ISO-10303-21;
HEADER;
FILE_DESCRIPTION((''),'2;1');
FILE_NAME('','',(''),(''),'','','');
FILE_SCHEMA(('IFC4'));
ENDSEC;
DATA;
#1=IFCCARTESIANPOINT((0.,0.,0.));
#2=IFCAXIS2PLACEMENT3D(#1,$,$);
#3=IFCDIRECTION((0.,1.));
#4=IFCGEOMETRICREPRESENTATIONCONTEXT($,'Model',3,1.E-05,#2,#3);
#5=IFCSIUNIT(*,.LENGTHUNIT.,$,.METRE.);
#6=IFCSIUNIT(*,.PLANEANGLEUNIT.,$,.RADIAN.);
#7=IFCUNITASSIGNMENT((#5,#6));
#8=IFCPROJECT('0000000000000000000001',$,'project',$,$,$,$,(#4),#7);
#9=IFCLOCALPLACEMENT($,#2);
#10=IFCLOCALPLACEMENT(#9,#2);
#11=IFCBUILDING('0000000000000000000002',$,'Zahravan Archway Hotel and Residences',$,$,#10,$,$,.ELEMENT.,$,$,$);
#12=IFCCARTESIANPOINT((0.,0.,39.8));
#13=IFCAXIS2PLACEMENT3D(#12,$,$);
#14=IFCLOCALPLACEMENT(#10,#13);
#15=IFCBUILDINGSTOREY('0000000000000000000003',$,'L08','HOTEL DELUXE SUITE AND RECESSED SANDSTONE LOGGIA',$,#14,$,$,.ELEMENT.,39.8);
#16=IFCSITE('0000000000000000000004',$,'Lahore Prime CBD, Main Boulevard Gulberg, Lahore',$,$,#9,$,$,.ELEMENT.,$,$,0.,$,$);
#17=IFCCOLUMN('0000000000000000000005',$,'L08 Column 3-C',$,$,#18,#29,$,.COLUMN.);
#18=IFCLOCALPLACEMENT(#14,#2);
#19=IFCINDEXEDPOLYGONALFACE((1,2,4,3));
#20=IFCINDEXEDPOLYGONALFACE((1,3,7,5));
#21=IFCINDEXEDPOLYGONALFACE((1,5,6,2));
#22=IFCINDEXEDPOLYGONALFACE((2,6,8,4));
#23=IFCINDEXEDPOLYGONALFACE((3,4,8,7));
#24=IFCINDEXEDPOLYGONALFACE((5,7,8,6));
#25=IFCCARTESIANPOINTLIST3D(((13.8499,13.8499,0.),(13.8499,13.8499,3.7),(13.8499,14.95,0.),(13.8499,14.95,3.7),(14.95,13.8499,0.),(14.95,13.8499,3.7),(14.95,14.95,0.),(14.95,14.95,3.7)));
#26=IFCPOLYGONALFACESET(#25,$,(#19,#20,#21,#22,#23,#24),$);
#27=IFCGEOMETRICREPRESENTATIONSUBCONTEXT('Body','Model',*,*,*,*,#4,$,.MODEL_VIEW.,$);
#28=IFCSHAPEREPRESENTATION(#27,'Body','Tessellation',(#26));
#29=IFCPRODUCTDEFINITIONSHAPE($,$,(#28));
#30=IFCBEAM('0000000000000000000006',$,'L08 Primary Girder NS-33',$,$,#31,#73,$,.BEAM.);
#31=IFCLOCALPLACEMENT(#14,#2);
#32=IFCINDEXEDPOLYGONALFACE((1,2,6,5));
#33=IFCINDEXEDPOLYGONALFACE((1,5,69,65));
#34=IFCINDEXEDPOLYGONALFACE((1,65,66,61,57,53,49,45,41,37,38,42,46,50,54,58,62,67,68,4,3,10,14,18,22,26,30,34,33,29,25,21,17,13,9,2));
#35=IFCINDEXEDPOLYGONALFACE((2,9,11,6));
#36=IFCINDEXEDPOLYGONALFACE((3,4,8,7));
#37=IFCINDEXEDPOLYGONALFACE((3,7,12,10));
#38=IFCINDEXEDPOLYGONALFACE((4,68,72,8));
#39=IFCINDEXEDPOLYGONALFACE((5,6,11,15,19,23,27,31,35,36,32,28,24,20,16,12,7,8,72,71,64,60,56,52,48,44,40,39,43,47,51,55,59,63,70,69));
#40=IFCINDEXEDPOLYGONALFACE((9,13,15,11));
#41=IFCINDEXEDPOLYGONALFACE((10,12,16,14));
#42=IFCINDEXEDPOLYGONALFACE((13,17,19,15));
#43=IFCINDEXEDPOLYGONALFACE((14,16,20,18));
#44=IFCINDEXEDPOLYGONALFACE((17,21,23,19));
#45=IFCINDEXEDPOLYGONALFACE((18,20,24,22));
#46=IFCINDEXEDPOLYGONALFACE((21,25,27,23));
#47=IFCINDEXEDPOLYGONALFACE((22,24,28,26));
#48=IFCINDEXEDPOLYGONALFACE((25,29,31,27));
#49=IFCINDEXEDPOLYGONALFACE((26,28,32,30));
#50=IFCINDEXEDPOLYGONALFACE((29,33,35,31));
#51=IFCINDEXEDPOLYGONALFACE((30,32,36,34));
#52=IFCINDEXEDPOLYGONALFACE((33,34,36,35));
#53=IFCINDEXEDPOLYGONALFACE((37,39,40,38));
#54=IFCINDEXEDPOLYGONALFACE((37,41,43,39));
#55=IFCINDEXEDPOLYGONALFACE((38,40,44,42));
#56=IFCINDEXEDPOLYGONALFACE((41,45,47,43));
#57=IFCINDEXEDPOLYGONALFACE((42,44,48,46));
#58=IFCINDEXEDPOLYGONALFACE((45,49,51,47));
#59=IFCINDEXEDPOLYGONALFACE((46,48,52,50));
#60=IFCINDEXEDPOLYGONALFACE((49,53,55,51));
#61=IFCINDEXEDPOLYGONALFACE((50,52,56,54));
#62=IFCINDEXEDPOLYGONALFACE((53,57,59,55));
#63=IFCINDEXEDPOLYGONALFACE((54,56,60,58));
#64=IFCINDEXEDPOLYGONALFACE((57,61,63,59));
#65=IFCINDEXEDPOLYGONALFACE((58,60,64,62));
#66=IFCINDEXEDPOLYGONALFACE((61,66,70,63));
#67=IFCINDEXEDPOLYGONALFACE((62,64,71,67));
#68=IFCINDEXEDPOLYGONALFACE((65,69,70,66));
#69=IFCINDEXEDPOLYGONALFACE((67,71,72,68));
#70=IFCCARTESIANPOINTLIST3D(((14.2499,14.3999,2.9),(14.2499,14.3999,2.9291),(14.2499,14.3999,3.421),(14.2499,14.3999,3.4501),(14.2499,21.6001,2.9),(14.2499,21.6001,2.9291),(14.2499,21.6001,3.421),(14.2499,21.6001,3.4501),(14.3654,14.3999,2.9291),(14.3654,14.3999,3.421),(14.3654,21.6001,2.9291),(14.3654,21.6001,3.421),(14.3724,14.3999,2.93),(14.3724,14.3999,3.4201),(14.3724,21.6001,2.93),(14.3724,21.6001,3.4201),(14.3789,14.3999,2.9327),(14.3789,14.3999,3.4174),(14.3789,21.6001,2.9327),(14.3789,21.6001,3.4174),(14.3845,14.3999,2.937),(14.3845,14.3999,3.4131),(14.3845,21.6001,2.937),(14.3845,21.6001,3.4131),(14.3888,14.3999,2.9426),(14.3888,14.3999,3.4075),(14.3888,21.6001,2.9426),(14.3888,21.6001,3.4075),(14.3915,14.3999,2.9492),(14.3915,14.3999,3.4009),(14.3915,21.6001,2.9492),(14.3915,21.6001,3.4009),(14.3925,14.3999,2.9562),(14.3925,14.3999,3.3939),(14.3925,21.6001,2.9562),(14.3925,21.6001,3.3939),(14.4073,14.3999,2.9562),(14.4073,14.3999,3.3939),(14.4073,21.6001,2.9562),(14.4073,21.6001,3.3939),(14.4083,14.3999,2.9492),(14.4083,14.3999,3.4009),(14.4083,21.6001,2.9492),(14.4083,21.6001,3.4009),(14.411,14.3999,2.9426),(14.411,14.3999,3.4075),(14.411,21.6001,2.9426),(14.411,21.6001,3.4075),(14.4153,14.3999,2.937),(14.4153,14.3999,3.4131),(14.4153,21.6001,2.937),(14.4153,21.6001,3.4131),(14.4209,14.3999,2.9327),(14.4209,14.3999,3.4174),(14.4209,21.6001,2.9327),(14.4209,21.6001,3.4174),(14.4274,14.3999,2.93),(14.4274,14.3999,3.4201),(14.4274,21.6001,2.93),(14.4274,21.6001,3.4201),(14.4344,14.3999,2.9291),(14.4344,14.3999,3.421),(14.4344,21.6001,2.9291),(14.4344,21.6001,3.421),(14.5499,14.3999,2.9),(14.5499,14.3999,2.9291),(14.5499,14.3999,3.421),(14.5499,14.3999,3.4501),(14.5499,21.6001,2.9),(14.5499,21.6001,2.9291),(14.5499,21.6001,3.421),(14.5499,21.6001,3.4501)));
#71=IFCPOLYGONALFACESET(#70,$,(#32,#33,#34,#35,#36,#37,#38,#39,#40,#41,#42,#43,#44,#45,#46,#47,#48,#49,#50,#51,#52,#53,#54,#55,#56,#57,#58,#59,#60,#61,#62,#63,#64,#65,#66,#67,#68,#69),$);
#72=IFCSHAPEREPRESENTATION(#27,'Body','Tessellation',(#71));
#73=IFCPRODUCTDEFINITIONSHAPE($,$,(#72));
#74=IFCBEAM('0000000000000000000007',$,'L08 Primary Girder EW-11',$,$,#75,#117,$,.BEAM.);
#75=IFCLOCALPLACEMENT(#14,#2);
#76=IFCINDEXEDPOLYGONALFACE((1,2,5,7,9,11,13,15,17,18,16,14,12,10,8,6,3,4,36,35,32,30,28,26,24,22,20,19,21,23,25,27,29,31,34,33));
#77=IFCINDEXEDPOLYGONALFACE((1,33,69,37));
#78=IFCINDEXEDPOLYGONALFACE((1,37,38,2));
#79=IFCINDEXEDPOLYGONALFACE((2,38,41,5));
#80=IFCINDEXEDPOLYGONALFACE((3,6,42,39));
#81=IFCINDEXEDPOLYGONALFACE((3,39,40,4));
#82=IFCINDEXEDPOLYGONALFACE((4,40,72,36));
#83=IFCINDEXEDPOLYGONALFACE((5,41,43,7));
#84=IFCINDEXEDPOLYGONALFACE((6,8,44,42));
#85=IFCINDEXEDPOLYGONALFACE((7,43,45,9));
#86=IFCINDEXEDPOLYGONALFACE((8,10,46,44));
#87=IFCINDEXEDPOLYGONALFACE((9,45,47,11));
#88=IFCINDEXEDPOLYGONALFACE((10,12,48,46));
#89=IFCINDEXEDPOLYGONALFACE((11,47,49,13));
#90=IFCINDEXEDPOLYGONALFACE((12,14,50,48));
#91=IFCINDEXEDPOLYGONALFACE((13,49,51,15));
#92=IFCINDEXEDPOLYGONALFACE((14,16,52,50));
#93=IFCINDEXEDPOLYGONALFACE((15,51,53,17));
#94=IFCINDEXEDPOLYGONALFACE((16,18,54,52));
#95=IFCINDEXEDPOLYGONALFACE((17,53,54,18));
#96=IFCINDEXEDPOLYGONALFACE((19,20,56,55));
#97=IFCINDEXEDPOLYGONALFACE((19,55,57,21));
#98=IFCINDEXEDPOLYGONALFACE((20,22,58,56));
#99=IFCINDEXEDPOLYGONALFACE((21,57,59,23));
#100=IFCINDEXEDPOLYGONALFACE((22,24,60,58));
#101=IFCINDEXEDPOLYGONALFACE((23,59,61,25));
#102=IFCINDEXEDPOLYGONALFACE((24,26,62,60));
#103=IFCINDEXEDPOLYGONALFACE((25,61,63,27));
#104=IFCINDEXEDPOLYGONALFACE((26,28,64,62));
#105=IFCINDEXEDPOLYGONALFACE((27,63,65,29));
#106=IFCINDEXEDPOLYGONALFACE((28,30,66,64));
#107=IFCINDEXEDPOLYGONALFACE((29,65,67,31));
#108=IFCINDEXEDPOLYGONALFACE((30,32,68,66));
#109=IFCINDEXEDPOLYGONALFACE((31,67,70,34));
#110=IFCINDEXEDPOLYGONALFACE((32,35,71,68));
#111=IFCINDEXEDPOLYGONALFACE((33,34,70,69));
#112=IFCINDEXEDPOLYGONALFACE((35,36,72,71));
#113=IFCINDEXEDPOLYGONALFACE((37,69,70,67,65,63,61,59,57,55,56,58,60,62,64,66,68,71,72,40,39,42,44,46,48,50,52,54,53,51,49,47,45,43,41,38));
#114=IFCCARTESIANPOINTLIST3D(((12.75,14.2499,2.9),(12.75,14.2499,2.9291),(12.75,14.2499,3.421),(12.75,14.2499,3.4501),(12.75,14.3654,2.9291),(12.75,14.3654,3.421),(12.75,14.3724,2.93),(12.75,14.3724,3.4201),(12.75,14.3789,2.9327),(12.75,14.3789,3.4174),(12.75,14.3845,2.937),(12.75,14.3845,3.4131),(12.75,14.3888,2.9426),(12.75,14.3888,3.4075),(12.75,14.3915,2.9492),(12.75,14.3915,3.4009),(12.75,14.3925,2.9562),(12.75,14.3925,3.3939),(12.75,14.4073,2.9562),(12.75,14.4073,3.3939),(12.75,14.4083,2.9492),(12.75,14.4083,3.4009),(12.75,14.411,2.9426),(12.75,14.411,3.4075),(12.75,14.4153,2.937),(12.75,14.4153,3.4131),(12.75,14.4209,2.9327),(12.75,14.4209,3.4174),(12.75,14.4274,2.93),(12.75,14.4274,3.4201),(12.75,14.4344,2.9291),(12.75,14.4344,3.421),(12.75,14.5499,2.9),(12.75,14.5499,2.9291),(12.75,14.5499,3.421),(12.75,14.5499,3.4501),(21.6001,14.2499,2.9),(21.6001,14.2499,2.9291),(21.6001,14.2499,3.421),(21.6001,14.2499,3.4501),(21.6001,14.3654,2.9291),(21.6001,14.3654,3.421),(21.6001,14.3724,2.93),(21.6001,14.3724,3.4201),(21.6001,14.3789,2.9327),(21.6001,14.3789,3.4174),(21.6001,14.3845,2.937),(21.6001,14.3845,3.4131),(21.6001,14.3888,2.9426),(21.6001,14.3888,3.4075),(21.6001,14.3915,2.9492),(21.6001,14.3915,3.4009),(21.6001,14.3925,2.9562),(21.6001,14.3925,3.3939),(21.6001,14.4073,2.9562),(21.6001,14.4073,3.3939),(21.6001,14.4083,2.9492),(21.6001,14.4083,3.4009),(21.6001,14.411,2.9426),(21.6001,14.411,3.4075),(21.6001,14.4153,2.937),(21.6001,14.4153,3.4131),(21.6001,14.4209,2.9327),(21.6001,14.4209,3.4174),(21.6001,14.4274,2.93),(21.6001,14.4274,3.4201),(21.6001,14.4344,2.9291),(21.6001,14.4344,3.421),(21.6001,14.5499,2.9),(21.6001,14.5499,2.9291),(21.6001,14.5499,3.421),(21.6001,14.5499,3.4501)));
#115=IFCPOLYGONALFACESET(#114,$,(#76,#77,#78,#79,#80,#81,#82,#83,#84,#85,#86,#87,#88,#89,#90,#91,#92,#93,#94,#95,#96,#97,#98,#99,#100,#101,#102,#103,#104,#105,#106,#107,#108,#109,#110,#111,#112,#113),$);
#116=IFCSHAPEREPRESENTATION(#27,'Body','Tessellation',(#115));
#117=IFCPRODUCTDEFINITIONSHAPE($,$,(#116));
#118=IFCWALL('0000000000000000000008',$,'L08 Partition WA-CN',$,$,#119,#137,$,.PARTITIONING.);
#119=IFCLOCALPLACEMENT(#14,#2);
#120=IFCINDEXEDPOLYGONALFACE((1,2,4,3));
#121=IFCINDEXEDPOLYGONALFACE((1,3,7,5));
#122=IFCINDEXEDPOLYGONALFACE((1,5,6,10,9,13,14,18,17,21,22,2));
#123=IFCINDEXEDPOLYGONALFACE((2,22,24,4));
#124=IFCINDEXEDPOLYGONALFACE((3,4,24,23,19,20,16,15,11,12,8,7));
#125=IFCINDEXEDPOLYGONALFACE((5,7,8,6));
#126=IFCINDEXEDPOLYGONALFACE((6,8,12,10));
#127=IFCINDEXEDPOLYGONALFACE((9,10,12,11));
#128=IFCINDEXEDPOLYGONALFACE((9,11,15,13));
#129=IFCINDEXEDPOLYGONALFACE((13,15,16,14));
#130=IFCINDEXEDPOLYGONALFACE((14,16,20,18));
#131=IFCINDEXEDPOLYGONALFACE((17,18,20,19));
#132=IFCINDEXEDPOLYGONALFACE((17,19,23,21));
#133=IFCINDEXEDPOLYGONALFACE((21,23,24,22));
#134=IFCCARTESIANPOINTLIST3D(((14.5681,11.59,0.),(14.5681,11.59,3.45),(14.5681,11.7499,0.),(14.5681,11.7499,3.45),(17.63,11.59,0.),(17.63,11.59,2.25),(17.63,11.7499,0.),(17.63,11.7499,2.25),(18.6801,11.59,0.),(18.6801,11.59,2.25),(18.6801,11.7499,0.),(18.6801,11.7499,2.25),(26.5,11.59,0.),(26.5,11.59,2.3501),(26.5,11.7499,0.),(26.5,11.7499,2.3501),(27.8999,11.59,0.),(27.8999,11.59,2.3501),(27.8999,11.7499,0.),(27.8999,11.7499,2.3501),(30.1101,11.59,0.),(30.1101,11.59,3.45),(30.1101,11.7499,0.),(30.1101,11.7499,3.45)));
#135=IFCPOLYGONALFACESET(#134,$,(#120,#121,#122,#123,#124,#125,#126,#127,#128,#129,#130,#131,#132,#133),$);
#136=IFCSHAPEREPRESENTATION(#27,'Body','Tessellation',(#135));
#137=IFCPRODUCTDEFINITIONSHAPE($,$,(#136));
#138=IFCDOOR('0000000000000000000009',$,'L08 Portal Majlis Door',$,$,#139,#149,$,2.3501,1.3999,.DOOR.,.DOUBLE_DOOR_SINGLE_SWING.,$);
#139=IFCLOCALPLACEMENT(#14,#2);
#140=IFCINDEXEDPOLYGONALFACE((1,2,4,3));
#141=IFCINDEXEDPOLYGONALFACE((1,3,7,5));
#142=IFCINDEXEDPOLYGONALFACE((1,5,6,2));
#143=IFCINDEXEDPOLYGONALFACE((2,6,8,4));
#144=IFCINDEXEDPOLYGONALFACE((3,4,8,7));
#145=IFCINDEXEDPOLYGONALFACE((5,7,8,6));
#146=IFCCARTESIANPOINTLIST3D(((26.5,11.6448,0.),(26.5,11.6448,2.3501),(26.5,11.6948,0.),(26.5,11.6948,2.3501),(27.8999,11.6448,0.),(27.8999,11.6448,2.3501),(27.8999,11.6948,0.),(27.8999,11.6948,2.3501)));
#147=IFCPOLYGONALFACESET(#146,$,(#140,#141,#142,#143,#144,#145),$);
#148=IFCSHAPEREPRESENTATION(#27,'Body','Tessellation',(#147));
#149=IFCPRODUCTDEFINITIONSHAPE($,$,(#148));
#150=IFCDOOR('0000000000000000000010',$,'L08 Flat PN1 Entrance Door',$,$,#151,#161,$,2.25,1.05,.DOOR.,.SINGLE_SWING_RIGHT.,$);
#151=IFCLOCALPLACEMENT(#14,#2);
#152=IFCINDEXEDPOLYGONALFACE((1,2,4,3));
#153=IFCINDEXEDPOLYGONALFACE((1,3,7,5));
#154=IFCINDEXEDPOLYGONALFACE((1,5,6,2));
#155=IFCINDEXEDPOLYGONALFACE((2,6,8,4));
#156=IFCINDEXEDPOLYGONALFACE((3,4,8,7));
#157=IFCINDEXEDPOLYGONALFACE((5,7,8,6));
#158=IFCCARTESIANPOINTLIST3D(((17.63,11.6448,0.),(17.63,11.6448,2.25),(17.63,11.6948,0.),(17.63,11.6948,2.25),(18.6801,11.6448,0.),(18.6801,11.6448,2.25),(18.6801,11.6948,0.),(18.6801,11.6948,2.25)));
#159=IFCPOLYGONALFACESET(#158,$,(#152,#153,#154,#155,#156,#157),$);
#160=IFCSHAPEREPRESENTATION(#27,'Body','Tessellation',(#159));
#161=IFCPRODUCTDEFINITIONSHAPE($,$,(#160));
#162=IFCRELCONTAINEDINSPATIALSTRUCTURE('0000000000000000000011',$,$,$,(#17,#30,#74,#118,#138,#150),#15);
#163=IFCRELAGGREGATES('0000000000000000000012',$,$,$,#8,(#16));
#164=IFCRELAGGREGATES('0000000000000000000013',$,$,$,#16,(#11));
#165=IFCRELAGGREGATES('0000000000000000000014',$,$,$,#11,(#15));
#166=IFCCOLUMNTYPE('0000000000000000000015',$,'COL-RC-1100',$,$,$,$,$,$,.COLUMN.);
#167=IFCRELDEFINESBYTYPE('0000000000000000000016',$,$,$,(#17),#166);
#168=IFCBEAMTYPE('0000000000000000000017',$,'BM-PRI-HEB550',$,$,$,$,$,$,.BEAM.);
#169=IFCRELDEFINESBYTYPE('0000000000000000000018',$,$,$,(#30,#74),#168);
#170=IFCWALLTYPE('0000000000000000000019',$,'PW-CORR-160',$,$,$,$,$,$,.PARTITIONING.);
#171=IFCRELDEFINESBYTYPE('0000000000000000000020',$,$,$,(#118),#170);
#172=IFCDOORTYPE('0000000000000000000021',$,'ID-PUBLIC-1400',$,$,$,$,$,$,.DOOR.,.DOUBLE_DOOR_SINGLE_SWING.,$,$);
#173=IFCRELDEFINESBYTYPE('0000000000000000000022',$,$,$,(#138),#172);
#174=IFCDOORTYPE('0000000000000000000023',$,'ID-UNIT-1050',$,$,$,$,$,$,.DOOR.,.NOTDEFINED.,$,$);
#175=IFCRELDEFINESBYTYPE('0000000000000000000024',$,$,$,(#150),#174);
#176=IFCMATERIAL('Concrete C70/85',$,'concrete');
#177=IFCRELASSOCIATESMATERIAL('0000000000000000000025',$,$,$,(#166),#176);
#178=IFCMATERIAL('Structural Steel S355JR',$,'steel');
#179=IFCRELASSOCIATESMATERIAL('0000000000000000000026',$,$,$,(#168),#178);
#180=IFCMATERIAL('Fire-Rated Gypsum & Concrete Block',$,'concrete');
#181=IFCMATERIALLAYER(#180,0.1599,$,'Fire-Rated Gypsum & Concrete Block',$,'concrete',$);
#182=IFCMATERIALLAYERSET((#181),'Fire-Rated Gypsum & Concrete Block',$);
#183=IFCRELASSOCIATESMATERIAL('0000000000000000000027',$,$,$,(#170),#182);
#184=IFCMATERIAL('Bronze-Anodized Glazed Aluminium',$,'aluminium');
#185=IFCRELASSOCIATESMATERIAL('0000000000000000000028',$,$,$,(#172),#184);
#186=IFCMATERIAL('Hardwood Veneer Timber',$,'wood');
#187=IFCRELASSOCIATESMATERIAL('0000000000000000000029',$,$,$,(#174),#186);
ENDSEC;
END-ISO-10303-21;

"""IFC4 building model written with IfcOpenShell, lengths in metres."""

from ifc_helpers import new_model, si_unit, direction, frame, frame_2d, origin, origin_2d, place, context, subcontext, project, spatial, rectangle, i_section, extrude, source, transform, mapped, material, layer, layer_set, material_profile, profile_set, type_object, type_shapes, element, fill, save


model = new_model("IFC4")

# Units and contexts
model_context = context("Model", 3, precision=1e-05, world=origin(), true_north=direction((0.0, 1.0)))
body_context = subcontext(model_context, "Body", "Model", "MODEL_VIEW")
ifc_project = project(units=[si_unit("LENGTHUNIT", "METRE"), si_unit("PLANEANGLEUNIT", "RADIAN")], contexts=[model_context])

# Site, building, storey
site_placement = place(None, origin())
site = spatial("IfcSite", under=ifc_project, at=site_placement, Name="Lahore Prime CBD, Main Boulevard Gulberg, Lahore", CompositionType="ELEMENT", RefElevation=0.0)
building_placement = place(site_placement, origin())
building = spatial("IfcBuilding", under=site, at=building_placement, Name="Zahravan Archway Hotel and Residences", CompositionType="ELEMENT")
storey_placement = place(building_placement, frame((0.0, 0.0, 39.8)))
storey = spatial("IfcBuildingStorey", under=building, at=storey_placement, Name="L08", Description="HOTEL DELUXE SUITE AND RECESSED SANDSTONE LOGGIA", CompositionType="ELEMENT", Elevation=39.8)

# Column
ifc_material_1 = material(Name="Concrete C70/85", Category="concrete")
ifc_material_profile_1 = material_profile(ifc_material_1, rectangle(XDim=1.1001, YDim=1.1001, at=origin_2d()), Name="RC 1100x1100", Category="concrete")
ifc_profile_set_1 = profile_set([ifc_material_profile_1], Name="Concrete C70/85")
column_type = type_object("IfcColumnType", Name="COL-RC-1100", PredefinedType="COLUMN", material=ifc_profile_set_1)
shared_shape_1 = source(origin(), body_context, "Body", "SweptSolid", [
    extrude(rectangle(XDim=1.1001, YDim=1.1001, at=origin_2d()), origin(), (0.0, 0.0, 1.0), 3.7),
])
column_placement = place(storey_placement, frame((14.3999, 14.3999, 0.0), z_axis=(0.0, 0.0, 1.0), x_axis=(1.0, 0.0, 0.0)))
element("IfcColumn", 1, at=column_placement, inside=storey, type_object=column_type, Name="L08 Column 3-C", PredefinedType="COLUMN", context=body_context, shape_type="MappedRepresentation", body=[
    mapped(shared_shape_1, transform((0.0, 0.0, 0.0), scale=1.0)),
])

# Beams
ifc_material_2 = material(Name="Structural Steel S355JR", Category="steel")
ifc_material_profile_2 = material_profile(ifc_material_2, i_section(OverallWidth=0.3, OverallDepth=0.55, WebThickness=0.0149, FlangeThickness=0.0291, FilletRadius=0.0271, at=origin_2d()), Name="HEB 550", Category="steel")
ifc_profile_set_2 = profile_set([ifc_material_profile_2], Name="Structural Steel S355JR")
beam_type = type_object("IfcBeamType", Name="BM-PRI-HEB550", PredefinedType="BEAM", material=ifc_profile_set_2)
shared_shape_2 = source(origin(), body_context, "Body", "SweptSolid", [
    extrude(i_section(OverallWidth=0.3, OverallDepth=0.55, WebThickness=0.0149, FlangeThickness=0.0291, FilletRadius=0.0271, at=origin_2d()), origin(), (0.0, 0.0, 1.0), 7.2002),
])
type_shapes(beam_type, [shared_shape_2])
beam_1_placement = place(storey_placement, frame((14.3999, 14.3999, 3.175), z_axis=(0.0, 1.0, 0.0), x_axis=(-1.0, 0.0, 0.0)))
element("IfcBeam", 2, at=beam_1_placement, inside=storey, type_object=beam_type, Name="L08 Primary Girder NS-33", PredefinedType="BEAM", context=body_context, shape_type="MappedRepresentation", body=[
    mapped(shared_shape_2, transform((0.0, 0.0, 0.0), scale=1.0)),
])
shared_shape_3 = source(origin(), body_context, "Body", "SweptSolid", [
    extrude(i_section(OverallWidth=0.3, OverallDepth=0.55, WebThickness=0.0149, FlangeThickness=0.0291, FilletRadius=0.0271, at=origin_2d()), origin(), (0.0, 0.0, 1.0), 8.8501),
])
beam_2_placement = place(storey_placement, frame((12.75, 14.3999, 3.175), z_axis=(1.0, 0.0, 0.0), x_axis=(0.0, 1.0, 0.0)))
element("IfcBeam", 3, at=beam_2_placement, inside=storey, type_object=beam_type, Name="L08 Primary Girder EW-11", PredefinedType="BEAM", context=body_context, shape_type="MappedRepresentation", body=[
    mapped(shared_shape_3, transform((0.0, 0.0, 0.0), scale=1.0)),
])

# Wall, openings, doors
ifc_material_3 = material(Name="Fire-Rated Gypsum & Concrete Block", Category="concrete")
ifc_layer_1 = layer(ifc_material_3, 0.1599, Name="Fire-Rated Gypsum & Concrete Block", Category="concrete")
ifc_layer_set_1 = layer_set([ifc_layer_1], Name="Fire-Rated Gypsum & Concrete Block")
wall_type_1 = type_object("IfcWallType", Name="PW-CORR-160", PredefinedType="PARTITIONING", material=ifc_layer_set_1)
wall_1_placement = place(storey_placement, frame((14.5681, 11.6699, 0.0), z_axis=(0.0, 0.0, 1.0), x_axis=(1.0, 0.0, 0.0)))
wall_1 = element("IfcWall", 4, at=wall_1_placement, inside=storey, type_object=wall_type_1, Name="L08 Partition WA-CN", PredefinedType="PARTITIONING", context=body_context, shape_type="SweptSolid", body=[
    extrude(rectangle(XDim=15.542, YDim=0.1599, at=frame_2d((7.771, 0.0))), origin(), (0.0, 0.0, 1.0), 3.45),
])
opening_1_placement = place(wall_1_placement, frame((3.062, 0.0, 0.0)))
opening_1 = element("IfcOpeningElement", 5, at=opening_1_placement, cuts=wall_1, PredefinedType="OPENING", context=body_context, shape_type="SweptSolid", body=[
    extrude(rectangle(XDim=1.05, YDim=2.25, at=frame_2d((0.5249, 1.125))), frame((0.0, 0.0898, 0.0), z_axis=(0.0, -1.0, 0.0), x_axis=(1.0, 0.0, 0.0)), (0.0, 0.0, 1.0), 0.1799),
])
opening_2_placement = place(wall_1_placement, frame((11.9319, 0.0, 0.0)))
opening_2 = element("IfcOpeningElement", 6, at=opening_2_placement, cuts=wall_1, PredefinedType="OPENING", context=body_context, shape_type="SweptSolid", body=[
    extrude(rectangle(XDim=1.3999, YDim=2.3501, at=frame_2d((0.7, 1.175))), frame((0.0, 0.0898, 0.0), z_axis=(0.0, -1.0, 0.0), x_axis=(1.0, 0.0, 0.0)), (0.0, 0.0, 1.0), 0.1799),
])
ifc_material_4 = material(Name="Bronze-Anodized Glazed Aluminium", Category="aluminium")
door_type_1 = type_object("IfcDoorType", Name="ID-PUBLIC-1400", OperationType="DOUBLE_DOOR_SINGLE_SWING", PredefinedType="DOOR", material=ifc_material_4)
shared_shape_4 = source(origin(), body_context, "Body", "SweptSolid", [
    extrude(rectangle(XDim=1.3999, YDim=2.3501, at=frame_2d((0.7, 1.175))), frame((0.0, 0.0249, 0.0), z_axis=(0.0, -1.0, 0.0), x_axis=(1.0, 0.0, 0.0)), (0.0, 0.0, 1.0), 0.05),
])
type_shapes(door_type_1, [shared_shape_4])
door_1_placement = place(opening_2_placement, origin())
door_1 = element("IfcDoor", 7, at=door_1_placement, inside=storey, type_object=door_type_1, Name="L08 Portal Majlis Door", OperationType="DOUBLE_DOOR_SINGLE_SWING", OverallHeight=2.3501, OverallWidth=1.3999, PredefinedType="DOOR", context=body_context, shape_type="MappedRepresentation", body=[
    mapped(shared_shape_4, transform((0.0, 0.0, 0.0), scale=1.0)),
])
fill(opening_2, door_1)
ifc_material_5 = material(Name="Hardwood Veneer Timber", Category="wood")
door_type_2 = type_object("IfcDoorType", Name="ID-UNIT-1050", OperationType="NOTDEFINED", PredefinedType="DOOR", material=ifc_material_5)
shared_shape_5 = source(origin(), body_context, "Body", "SweptSolid", [
    extrude(rectangle(XDim=1.05, YDim=2.25, at=frame_2d((0.5249, 1.125))), frame((0.0, 0.0249, 0.0), z_axis=(0.0, -1.0, 0.0), x_axis=(1.0, 0.0, 0.0)), (0.0, 0.0, 1.0), 0.05),
])
type_shapes(door_type_2, [shared_shape_5])
door_2_placement = place(opening_1_placement, origin())
door_2 = element("IfcDoor", 8, at=door_2_placement, inside=storey, type_object=door_type_2, Name="L08 Flat PN1 Entrance Door", OperationType="SINGLE_SWING_RIGHT", OverallHeight=2.25, OverallWidth=1.05, PredefinedType="DOOR", context=body_context, shape_type="MappedRepresentation", body=[
    mapped(shared_shape_5, transform((0.0, 0.0, 0.0), scale=1.0)),
])
fill(opening_1, door_2)

save(model, "model.ifc")
